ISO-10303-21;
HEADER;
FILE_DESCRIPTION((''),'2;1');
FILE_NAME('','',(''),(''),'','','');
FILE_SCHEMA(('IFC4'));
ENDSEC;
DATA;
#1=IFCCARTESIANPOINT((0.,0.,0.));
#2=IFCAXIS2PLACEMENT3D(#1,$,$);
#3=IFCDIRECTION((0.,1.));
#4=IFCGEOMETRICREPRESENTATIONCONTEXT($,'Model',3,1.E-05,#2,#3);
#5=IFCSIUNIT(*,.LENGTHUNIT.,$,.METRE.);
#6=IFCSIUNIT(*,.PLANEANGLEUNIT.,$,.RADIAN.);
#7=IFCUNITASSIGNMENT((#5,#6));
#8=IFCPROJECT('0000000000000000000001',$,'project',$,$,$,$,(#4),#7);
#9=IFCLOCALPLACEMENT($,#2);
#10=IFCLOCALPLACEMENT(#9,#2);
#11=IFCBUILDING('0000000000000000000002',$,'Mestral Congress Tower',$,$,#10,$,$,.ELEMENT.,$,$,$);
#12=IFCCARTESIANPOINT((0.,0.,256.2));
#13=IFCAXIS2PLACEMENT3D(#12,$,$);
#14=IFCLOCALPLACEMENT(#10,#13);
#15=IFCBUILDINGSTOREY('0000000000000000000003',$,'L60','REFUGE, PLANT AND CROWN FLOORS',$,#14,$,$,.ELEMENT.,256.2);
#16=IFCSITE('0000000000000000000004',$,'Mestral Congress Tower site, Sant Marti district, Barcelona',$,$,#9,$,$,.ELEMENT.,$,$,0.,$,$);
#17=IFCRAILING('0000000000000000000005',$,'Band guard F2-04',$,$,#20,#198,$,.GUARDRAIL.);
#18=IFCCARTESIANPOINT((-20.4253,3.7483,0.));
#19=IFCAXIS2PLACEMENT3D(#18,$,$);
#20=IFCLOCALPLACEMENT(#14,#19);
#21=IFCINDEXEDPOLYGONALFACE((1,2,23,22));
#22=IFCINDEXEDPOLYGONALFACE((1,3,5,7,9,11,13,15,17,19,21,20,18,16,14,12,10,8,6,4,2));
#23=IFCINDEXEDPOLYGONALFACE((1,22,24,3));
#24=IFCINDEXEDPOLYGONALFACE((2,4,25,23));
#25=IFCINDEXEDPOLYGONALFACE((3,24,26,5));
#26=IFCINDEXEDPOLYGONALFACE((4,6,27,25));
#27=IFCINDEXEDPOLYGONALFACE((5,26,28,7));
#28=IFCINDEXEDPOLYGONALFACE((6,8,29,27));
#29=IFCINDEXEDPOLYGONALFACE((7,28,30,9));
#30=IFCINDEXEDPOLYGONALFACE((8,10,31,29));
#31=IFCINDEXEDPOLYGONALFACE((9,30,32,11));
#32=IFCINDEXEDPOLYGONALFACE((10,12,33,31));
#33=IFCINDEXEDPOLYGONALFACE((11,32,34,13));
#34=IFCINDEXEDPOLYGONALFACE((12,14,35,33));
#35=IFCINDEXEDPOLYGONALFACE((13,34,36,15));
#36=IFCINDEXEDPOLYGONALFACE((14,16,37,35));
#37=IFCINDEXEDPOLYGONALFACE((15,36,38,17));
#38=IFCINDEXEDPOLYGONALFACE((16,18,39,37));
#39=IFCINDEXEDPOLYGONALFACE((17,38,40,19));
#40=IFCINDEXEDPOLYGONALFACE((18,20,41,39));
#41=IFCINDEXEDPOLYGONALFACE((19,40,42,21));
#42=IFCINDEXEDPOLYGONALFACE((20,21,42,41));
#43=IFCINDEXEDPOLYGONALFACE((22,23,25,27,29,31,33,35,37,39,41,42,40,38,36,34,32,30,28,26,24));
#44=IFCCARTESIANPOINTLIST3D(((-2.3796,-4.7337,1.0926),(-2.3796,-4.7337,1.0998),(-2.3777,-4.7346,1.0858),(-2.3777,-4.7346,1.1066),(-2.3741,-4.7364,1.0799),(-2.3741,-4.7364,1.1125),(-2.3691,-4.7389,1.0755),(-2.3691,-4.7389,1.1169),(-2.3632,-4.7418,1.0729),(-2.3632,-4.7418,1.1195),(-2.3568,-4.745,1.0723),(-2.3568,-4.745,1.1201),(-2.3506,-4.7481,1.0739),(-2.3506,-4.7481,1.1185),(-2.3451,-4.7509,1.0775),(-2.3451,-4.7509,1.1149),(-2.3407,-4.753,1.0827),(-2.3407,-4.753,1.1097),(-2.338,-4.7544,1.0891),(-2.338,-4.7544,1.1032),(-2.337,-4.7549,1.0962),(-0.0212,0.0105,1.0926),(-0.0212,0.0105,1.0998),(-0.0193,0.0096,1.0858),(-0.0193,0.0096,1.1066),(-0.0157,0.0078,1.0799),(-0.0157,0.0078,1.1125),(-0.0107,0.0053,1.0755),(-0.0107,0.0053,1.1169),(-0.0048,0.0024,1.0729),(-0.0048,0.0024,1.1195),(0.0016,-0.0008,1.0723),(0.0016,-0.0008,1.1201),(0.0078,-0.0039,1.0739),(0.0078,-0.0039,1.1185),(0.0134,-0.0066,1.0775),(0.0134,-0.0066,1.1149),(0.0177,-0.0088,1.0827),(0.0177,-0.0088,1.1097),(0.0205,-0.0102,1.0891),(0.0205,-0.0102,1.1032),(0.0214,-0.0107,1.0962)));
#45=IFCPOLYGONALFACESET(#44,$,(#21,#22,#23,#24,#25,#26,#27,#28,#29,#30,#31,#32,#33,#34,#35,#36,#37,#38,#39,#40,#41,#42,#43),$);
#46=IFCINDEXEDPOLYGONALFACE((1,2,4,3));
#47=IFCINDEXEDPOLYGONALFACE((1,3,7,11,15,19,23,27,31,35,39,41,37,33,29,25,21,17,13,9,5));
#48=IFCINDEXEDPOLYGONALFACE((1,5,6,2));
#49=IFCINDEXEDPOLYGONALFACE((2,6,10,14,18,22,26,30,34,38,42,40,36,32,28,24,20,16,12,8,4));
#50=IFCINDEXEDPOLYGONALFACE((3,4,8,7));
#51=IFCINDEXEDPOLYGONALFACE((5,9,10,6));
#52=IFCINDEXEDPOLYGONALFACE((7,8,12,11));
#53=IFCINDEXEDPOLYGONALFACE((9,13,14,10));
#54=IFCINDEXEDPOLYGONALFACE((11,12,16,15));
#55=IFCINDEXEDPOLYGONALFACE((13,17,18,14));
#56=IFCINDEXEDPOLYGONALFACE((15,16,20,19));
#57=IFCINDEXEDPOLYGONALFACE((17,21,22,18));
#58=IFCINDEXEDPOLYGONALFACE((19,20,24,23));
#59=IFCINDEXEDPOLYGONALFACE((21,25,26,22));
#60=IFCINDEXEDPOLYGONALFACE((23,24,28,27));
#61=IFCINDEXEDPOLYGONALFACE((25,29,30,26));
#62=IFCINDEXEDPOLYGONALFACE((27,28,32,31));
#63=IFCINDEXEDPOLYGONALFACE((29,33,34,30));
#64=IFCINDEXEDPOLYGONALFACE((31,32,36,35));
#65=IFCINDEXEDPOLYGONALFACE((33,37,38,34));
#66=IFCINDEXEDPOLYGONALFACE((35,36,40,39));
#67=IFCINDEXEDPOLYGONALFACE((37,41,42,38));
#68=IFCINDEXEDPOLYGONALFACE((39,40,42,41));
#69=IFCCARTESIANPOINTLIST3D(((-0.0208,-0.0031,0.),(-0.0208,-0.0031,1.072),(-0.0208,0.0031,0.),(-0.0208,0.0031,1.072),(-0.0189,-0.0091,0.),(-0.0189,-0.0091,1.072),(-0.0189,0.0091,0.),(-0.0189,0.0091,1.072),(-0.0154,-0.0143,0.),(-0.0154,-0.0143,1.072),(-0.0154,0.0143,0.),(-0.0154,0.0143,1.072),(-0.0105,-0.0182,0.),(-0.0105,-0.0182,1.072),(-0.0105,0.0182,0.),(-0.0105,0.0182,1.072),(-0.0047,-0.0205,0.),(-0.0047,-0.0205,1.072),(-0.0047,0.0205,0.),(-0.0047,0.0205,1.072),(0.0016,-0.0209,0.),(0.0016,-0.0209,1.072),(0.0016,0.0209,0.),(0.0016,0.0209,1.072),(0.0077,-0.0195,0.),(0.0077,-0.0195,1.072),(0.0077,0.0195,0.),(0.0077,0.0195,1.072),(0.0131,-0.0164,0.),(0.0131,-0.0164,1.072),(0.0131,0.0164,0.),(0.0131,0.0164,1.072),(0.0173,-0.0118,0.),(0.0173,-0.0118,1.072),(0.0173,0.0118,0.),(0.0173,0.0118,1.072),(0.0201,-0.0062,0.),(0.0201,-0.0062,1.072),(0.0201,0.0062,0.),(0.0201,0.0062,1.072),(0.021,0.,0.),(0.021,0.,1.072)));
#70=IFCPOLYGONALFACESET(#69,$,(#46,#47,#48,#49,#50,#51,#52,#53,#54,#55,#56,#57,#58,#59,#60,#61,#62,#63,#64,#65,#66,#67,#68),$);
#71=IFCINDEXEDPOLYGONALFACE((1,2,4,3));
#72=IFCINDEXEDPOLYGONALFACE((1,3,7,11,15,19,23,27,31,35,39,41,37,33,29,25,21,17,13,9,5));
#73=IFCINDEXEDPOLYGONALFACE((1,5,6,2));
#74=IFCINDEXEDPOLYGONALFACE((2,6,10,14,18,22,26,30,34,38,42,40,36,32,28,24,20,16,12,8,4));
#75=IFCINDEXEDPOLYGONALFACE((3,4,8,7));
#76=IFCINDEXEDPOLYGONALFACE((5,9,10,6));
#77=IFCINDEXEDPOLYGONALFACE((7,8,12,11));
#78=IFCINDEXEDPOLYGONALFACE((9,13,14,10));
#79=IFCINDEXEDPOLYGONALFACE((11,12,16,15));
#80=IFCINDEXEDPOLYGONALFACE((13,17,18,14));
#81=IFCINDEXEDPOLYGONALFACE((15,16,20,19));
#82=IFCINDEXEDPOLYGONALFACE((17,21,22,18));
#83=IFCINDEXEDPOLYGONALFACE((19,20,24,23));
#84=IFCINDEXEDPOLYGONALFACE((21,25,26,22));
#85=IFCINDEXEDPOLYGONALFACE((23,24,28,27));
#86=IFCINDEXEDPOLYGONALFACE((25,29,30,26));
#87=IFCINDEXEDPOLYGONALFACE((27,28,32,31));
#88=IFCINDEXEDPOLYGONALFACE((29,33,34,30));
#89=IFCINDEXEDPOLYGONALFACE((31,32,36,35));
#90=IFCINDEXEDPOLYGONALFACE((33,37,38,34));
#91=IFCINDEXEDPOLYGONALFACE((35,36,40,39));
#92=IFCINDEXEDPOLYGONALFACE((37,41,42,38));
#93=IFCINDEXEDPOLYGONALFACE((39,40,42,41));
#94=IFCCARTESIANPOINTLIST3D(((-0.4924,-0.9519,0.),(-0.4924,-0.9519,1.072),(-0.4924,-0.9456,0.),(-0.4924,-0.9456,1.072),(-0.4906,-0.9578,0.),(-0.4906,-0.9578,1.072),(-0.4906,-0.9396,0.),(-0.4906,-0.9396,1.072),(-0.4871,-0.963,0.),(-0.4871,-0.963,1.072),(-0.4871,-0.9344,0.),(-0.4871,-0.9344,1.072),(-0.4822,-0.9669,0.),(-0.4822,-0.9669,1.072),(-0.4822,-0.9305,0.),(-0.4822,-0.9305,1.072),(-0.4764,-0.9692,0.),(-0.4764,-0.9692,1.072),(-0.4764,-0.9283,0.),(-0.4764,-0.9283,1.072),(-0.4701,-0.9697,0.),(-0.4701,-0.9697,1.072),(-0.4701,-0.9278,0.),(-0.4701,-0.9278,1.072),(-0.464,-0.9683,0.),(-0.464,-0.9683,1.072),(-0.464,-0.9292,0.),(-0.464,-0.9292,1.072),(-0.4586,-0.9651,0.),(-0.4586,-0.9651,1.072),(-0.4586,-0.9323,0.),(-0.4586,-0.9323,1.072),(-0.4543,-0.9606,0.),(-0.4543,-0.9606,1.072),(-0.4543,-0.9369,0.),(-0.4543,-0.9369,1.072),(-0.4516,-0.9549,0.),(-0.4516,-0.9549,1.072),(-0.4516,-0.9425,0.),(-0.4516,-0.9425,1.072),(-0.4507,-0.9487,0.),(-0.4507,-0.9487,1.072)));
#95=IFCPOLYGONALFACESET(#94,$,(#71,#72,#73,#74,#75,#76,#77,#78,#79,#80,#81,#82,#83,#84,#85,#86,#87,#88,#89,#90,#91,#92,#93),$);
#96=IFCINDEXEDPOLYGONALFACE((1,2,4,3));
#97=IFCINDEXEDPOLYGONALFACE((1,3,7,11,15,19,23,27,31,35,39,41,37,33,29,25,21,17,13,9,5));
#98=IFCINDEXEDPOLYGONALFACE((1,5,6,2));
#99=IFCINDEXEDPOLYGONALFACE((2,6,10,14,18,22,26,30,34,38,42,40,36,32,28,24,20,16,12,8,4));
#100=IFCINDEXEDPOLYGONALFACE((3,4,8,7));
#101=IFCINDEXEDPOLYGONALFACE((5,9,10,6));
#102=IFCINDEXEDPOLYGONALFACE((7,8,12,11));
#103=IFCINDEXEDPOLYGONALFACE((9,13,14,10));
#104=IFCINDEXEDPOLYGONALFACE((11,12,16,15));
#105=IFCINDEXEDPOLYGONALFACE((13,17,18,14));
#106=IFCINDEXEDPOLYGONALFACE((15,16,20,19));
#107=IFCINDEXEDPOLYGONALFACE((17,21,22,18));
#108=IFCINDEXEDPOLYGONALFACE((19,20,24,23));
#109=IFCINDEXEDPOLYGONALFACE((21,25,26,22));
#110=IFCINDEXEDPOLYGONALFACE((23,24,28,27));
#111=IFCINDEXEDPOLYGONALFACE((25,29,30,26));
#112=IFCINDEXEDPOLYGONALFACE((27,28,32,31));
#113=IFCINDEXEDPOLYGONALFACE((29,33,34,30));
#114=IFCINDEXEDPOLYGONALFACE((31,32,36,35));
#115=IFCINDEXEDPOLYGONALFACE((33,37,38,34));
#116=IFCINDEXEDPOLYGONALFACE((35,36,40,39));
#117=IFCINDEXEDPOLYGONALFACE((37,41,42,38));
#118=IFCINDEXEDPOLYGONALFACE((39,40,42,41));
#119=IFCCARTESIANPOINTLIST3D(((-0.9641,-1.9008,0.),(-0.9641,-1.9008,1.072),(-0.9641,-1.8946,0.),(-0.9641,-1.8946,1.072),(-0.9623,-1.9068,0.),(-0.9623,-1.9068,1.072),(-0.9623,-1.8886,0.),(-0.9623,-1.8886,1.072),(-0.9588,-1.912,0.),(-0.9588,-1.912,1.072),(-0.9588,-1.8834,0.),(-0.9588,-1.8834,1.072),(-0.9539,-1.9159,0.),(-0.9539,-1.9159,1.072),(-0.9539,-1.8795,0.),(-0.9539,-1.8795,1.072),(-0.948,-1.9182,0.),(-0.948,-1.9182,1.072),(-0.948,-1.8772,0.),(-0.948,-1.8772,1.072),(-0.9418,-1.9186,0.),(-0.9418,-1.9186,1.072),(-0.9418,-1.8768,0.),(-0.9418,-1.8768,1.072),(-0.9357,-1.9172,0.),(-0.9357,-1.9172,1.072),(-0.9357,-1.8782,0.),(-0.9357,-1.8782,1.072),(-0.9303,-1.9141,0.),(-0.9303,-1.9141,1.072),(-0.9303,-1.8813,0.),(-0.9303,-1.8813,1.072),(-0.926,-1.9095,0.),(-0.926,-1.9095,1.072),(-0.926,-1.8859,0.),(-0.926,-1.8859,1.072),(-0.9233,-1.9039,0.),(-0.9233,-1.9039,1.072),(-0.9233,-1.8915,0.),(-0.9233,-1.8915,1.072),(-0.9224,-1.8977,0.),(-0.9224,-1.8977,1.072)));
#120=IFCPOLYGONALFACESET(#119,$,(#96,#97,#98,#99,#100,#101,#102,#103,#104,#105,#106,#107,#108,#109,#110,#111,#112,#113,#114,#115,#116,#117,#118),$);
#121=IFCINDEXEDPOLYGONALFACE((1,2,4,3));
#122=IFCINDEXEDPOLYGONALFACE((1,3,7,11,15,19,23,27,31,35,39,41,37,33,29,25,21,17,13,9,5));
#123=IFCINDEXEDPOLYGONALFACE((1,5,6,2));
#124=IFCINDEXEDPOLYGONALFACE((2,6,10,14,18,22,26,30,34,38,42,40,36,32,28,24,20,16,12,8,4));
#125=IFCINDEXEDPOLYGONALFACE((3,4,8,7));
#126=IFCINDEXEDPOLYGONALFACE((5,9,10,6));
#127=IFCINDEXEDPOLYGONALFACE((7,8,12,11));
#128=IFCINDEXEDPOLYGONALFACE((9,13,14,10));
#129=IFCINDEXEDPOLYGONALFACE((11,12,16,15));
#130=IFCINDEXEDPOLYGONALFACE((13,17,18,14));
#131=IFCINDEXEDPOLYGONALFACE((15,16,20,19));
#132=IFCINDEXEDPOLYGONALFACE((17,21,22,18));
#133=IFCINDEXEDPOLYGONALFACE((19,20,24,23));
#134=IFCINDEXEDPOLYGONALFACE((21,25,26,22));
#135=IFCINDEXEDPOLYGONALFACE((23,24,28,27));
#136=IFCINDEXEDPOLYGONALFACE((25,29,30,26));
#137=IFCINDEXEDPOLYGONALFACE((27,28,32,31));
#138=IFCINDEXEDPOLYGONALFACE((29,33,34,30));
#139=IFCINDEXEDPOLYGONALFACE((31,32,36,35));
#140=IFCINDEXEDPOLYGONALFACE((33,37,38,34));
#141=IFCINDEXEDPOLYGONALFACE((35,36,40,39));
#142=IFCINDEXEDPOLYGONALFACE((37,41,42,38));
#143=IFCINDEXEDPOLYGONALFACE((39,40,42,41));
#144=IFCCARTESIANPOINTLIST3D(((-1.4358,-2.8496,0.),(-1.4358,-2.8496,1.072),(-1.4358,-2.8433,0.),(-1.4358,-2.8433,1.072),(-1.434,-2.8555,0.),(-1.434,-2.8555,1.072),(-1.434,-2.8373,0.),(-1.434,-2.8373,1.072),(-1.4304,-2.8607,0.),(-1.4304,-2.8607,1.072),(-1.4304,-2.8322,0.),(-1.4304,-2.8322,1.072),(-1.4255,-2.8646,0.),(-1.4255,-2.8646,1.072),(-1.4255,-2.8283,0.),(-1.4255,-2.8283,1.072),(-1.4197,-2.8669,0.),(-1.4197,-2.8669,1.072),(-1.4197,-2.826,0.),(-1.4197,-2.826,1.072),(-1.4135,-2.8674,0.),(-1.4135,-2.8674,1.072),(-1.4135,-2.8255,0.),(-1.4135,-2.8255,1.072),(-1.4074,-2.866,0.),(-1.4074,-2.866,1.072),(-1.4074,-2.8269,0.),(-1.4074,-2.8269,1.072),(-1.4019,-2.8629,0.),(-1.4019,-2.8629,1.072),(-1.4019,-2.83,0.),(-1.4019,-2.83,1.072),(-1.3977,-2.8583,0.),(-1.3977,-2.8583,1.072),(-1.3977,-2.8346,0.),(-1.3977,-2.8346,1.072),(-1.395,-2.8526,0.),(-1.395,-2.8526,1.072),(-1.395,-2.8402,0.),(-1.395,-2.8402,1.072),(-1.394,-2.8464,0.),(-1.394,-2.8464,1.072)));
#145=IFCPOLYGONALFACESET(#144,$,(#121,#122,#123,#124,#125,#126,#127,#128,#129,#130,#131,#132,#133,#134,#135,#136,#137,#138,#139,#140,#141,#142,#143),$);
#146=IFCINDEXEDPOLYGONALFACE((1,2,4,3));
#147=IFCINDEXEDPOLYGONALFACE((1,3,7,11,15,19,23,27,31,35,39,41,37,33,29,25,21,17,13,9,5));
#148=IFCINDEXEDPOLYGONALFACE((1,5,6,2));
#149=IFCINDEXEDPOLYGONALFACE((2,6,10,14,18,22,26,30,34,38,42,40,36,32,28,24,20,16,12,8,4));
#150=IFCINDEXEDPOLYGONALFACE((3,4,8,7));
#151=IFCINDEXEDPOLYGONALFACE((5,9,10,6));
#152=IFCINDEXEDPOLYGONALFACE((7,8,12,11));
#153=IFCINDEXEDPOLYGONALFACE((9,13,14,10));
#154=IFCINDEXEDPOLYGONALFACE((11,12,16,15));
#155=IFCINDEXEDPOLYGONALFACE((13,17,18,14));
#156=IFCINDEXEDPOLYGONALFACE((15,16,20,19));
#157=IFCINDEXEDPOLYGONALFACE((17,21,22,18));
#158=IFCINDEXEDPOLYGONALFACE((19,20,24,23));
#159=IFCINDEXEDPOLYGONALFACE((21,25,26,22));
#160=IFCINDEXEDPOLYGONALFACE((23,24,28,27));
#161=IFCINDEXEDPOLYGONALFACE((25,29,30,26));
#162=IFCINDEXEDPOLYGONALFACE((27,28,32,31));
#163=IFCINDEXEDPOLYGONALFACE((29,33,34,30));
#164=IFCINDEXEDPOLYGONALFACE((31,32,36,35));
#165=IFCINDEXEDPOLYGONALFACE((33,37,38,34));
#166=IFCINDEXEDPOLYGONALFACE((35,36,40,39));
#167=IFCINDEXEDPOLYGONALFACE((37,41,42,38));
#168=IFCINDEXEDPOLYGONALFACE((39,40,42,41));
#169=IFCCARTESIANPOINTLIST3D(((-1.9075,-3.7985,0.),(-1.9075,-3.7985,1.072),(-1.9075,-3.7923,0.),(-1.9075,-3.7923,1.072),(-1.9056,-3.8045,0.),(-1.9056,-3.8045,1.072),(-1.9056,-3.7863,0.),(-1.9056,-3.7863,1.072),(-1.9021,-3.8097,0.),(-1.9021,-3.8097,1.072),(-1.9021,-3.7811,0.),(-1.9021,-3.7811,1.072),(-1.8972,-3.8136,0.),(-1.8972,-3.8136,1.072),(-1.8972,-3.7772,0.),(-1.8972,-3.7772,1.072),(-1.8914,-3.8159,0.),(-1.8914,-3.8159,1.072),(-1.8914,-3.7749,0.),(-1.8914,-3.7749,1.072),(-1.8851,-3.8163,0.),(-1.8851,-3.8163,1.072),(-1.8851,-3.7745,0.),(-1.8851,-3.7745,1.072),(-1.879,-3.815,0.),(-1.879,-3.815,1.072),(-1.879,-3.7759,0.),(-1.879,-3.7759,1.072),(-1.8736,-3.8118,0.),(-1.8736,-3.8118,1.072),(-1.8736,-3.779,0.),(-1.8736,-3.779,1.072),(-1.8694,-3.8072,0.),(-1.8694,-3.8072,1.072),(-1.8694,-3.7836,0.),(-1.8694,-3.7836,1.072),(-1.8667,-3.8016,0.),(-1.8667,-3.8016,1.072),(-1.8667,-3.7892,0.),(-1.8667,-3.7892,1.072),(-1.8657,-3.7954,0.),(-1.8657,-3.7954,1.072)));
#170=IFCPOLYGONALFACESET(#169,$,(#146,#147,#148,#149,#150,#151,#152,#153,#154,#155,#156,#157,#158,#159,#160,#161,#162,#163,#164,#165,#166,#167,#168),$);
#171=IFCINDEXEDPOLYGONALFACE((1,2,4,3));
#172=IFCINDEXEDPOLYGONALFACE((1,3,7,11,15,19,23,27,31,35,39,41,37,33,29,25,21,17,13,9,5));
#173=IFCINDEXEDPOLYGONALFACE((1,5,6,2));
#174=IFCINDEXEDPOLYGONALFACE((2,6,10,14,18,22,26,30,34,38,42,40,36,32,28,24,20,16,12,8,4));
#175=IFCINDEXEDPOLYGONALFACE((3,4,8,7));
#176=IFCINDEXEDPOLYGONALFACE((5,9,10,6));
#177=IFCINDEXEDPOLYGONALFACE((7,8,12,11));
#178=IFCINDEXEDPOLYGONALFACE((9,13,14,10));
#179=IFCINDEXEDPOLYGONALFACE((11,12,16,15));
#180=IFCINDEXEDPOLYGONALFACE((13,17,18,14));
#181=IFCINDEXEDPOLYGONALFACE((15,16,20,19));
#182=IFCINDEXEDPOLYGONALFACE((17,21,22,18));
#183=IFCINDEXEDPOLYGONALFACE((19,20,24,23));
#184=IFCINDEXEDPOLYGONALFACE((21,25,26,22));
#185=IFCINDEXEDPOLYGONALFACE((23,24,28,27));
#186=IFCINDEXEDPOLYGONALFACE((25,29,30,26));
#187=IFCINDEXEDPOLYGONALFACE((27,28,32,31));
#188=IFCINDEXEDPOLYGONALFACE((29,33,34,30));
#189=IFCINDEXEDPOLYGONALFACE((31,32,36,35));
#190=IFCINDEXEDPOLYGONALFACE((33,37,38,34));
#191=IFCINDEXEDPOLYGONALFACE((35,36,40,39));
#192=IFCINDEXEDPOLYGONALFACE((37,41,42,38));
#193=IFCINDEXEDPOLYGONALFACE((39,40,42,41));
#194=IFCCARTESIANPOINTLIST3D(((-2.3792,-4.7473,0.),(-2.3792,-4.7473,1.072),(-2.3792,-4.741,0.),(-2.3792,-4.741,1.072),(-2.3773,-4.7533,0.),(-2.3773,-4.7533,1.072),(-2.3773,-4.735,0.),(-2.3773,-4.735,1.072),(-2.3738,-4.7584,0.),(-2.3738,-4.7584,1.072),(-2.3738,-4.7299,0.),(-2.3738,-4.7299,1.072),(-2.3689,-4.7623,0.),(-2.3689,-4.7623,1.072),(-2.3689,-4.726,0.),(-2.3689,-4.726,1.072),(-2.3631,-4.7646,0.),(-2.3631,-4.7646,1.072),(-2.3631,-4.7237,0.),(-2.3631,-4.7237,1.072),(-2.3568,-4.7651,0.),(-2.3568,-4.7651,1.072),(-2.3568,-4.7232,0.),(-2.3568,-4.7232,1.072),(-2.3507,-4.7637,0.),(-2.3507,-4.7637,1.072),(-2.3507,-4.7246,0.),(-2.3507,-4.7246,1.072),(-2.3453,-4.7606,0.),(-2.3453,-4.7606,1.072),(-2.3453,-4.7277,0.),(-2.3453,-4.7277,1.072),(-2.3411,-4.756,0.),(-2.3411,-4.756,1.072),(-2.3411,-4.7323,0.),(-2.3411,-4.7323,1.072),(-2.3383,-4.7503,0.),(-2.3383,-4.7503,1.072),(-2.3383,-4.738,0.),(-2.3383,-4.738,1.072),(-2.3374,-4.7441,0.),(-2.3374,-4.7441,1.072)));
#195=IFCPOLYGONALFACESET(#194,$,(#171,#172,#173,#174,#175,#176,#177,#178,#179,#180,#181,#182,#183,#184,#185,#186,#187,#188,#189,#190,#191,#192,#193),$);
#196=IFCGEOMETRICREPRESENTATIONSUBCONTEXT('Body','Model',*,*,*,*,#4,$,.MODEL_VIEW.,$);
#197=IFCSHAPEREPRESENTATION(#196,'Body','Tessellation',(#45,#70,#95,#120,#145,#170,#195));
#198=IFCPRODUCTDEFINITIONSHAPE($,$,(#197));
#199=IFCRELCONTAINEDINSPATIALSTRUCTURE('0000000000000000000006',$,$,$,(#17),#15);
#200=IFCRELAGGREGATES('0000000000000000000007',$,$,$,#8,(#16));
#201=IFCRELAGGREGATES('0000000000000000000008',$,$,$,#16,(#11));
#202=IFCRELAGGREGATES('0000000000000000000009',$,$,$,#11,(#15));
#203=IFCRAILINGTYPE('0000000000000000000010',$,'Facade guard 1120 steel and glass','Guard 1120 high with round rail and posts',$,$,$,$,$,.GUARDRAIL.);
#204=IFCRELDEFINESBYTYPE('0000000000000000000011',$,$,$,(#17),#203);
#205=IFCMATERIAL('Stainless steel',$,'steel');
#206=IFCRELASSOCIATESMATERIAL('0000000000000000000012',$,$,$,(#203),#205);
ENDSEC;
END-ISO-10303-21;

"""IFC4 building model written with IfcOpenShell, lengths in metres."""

from ifc_helpers import new_model, si_unit, direction, frame, origin, origin_2d, place, context, subcontext, project, spatial, circle, extrude, material, type_object, element, save


model = new_model("IFC4")

# Units and contexts
model_context = context("Model", 3, precision=1e-05, world=origin(), true_north=direction((0.0, 1.0)))
body_context = subcontext(model_context, "Body", "Model", "MODEL_VIEW")
ifc_project = project(units=[si_unit("LENGTHUNIT", "METRE"), si_unit("PLANEANGLEUNIT", "RADIAN")], contexts=[model_context])

# Site, building, storey
site_placement = place(None, origin())
site = spatial("IfcSite", under=ifc_project, at=site_placement, Name="Mestral Congress Tower site, Sant Marti district, Barcelona", CompositionType="ELEMENT", RefElevation=0.0)
building_placement = place(site_placement, origin())
building = spatial("IfcBuilding", under=site, at=building_placement, Name="Mestral Congress Tower", CompositionType="ELEMENT")
storey_placement = place(building_placement, frame((0.0, 0.0, 256.2)))
storey = spatial("IfcBuildingStorey", under=building, at=storey_placement, Name="L60", Description="REFUGE, PLANT AND CROWN FLOORS", CompositionType="ELEMENT", Elevation=256.2)

# Railing
ifc_material_1 = material(Name="Stainless steel", Category="steel")
railing_type = type_object("IfcRailingType", Name="Facade guard 1120 steel and glass", Description="Guard 1120 high with round rail and posts", PredefinedType="GUARDRAIL", material=ifc_material_1)
railing_placement = place(storey_placement, frame((-20.4253, 3.7483, 0.0)))
element("IfcRailing", 1, at=railing_placement, inside=storey, type_object=railing_type, Name="Band guard F2-04", PredefinedType="GUARDRAIL", context=body_context, shape_type="SweptSolid", body=[
    extrude(circle(Radius=0.0239, at=origin_2d()), frame((0.0, 0.0, 1.0962), z_axis=(-0.445148, -0.895457, 0.0), x_axis=(0.895457, -0.445148, 0.0)), (0.0, 0.0, 1.0), 5.2981),
    extrude(circle(Radius=0.021, at=origin_2d()), origin(), (0.0, 0.0, 1.0), 1.072),
    extrude(circle(Radius=0.021, at=origin_2d()), frame((-0.4717, -0.9487, 0.0)), (0.0, 0.0, 1.0), 1.072),
    extrude(circle(Radius=0.021, at=origin_2d()), frame((-0.9434, -1.8977, 0.0)), (0.0, 0.0, 1.0), 1.072),
    extrude(circle(Radius=0.021, at=origin_2d()), frame((-1.415, -2.8464, 0.0)), (0.0, 0.0, 1.0), 1.072),
    extrude(circle(Radius=0.021, at=origin_2d()), frame((-1.8867, -3.7954, 0.0)), (0.0, 0.0, 1.0), 1.072),
    extrude(circle(Radius=0.021, at=origin_2d()), frame((-2.3584, -4.7441, 0.0)), (0.0, 0.0, 1.0), 1.072),
])

save(model, "model.ifc")
